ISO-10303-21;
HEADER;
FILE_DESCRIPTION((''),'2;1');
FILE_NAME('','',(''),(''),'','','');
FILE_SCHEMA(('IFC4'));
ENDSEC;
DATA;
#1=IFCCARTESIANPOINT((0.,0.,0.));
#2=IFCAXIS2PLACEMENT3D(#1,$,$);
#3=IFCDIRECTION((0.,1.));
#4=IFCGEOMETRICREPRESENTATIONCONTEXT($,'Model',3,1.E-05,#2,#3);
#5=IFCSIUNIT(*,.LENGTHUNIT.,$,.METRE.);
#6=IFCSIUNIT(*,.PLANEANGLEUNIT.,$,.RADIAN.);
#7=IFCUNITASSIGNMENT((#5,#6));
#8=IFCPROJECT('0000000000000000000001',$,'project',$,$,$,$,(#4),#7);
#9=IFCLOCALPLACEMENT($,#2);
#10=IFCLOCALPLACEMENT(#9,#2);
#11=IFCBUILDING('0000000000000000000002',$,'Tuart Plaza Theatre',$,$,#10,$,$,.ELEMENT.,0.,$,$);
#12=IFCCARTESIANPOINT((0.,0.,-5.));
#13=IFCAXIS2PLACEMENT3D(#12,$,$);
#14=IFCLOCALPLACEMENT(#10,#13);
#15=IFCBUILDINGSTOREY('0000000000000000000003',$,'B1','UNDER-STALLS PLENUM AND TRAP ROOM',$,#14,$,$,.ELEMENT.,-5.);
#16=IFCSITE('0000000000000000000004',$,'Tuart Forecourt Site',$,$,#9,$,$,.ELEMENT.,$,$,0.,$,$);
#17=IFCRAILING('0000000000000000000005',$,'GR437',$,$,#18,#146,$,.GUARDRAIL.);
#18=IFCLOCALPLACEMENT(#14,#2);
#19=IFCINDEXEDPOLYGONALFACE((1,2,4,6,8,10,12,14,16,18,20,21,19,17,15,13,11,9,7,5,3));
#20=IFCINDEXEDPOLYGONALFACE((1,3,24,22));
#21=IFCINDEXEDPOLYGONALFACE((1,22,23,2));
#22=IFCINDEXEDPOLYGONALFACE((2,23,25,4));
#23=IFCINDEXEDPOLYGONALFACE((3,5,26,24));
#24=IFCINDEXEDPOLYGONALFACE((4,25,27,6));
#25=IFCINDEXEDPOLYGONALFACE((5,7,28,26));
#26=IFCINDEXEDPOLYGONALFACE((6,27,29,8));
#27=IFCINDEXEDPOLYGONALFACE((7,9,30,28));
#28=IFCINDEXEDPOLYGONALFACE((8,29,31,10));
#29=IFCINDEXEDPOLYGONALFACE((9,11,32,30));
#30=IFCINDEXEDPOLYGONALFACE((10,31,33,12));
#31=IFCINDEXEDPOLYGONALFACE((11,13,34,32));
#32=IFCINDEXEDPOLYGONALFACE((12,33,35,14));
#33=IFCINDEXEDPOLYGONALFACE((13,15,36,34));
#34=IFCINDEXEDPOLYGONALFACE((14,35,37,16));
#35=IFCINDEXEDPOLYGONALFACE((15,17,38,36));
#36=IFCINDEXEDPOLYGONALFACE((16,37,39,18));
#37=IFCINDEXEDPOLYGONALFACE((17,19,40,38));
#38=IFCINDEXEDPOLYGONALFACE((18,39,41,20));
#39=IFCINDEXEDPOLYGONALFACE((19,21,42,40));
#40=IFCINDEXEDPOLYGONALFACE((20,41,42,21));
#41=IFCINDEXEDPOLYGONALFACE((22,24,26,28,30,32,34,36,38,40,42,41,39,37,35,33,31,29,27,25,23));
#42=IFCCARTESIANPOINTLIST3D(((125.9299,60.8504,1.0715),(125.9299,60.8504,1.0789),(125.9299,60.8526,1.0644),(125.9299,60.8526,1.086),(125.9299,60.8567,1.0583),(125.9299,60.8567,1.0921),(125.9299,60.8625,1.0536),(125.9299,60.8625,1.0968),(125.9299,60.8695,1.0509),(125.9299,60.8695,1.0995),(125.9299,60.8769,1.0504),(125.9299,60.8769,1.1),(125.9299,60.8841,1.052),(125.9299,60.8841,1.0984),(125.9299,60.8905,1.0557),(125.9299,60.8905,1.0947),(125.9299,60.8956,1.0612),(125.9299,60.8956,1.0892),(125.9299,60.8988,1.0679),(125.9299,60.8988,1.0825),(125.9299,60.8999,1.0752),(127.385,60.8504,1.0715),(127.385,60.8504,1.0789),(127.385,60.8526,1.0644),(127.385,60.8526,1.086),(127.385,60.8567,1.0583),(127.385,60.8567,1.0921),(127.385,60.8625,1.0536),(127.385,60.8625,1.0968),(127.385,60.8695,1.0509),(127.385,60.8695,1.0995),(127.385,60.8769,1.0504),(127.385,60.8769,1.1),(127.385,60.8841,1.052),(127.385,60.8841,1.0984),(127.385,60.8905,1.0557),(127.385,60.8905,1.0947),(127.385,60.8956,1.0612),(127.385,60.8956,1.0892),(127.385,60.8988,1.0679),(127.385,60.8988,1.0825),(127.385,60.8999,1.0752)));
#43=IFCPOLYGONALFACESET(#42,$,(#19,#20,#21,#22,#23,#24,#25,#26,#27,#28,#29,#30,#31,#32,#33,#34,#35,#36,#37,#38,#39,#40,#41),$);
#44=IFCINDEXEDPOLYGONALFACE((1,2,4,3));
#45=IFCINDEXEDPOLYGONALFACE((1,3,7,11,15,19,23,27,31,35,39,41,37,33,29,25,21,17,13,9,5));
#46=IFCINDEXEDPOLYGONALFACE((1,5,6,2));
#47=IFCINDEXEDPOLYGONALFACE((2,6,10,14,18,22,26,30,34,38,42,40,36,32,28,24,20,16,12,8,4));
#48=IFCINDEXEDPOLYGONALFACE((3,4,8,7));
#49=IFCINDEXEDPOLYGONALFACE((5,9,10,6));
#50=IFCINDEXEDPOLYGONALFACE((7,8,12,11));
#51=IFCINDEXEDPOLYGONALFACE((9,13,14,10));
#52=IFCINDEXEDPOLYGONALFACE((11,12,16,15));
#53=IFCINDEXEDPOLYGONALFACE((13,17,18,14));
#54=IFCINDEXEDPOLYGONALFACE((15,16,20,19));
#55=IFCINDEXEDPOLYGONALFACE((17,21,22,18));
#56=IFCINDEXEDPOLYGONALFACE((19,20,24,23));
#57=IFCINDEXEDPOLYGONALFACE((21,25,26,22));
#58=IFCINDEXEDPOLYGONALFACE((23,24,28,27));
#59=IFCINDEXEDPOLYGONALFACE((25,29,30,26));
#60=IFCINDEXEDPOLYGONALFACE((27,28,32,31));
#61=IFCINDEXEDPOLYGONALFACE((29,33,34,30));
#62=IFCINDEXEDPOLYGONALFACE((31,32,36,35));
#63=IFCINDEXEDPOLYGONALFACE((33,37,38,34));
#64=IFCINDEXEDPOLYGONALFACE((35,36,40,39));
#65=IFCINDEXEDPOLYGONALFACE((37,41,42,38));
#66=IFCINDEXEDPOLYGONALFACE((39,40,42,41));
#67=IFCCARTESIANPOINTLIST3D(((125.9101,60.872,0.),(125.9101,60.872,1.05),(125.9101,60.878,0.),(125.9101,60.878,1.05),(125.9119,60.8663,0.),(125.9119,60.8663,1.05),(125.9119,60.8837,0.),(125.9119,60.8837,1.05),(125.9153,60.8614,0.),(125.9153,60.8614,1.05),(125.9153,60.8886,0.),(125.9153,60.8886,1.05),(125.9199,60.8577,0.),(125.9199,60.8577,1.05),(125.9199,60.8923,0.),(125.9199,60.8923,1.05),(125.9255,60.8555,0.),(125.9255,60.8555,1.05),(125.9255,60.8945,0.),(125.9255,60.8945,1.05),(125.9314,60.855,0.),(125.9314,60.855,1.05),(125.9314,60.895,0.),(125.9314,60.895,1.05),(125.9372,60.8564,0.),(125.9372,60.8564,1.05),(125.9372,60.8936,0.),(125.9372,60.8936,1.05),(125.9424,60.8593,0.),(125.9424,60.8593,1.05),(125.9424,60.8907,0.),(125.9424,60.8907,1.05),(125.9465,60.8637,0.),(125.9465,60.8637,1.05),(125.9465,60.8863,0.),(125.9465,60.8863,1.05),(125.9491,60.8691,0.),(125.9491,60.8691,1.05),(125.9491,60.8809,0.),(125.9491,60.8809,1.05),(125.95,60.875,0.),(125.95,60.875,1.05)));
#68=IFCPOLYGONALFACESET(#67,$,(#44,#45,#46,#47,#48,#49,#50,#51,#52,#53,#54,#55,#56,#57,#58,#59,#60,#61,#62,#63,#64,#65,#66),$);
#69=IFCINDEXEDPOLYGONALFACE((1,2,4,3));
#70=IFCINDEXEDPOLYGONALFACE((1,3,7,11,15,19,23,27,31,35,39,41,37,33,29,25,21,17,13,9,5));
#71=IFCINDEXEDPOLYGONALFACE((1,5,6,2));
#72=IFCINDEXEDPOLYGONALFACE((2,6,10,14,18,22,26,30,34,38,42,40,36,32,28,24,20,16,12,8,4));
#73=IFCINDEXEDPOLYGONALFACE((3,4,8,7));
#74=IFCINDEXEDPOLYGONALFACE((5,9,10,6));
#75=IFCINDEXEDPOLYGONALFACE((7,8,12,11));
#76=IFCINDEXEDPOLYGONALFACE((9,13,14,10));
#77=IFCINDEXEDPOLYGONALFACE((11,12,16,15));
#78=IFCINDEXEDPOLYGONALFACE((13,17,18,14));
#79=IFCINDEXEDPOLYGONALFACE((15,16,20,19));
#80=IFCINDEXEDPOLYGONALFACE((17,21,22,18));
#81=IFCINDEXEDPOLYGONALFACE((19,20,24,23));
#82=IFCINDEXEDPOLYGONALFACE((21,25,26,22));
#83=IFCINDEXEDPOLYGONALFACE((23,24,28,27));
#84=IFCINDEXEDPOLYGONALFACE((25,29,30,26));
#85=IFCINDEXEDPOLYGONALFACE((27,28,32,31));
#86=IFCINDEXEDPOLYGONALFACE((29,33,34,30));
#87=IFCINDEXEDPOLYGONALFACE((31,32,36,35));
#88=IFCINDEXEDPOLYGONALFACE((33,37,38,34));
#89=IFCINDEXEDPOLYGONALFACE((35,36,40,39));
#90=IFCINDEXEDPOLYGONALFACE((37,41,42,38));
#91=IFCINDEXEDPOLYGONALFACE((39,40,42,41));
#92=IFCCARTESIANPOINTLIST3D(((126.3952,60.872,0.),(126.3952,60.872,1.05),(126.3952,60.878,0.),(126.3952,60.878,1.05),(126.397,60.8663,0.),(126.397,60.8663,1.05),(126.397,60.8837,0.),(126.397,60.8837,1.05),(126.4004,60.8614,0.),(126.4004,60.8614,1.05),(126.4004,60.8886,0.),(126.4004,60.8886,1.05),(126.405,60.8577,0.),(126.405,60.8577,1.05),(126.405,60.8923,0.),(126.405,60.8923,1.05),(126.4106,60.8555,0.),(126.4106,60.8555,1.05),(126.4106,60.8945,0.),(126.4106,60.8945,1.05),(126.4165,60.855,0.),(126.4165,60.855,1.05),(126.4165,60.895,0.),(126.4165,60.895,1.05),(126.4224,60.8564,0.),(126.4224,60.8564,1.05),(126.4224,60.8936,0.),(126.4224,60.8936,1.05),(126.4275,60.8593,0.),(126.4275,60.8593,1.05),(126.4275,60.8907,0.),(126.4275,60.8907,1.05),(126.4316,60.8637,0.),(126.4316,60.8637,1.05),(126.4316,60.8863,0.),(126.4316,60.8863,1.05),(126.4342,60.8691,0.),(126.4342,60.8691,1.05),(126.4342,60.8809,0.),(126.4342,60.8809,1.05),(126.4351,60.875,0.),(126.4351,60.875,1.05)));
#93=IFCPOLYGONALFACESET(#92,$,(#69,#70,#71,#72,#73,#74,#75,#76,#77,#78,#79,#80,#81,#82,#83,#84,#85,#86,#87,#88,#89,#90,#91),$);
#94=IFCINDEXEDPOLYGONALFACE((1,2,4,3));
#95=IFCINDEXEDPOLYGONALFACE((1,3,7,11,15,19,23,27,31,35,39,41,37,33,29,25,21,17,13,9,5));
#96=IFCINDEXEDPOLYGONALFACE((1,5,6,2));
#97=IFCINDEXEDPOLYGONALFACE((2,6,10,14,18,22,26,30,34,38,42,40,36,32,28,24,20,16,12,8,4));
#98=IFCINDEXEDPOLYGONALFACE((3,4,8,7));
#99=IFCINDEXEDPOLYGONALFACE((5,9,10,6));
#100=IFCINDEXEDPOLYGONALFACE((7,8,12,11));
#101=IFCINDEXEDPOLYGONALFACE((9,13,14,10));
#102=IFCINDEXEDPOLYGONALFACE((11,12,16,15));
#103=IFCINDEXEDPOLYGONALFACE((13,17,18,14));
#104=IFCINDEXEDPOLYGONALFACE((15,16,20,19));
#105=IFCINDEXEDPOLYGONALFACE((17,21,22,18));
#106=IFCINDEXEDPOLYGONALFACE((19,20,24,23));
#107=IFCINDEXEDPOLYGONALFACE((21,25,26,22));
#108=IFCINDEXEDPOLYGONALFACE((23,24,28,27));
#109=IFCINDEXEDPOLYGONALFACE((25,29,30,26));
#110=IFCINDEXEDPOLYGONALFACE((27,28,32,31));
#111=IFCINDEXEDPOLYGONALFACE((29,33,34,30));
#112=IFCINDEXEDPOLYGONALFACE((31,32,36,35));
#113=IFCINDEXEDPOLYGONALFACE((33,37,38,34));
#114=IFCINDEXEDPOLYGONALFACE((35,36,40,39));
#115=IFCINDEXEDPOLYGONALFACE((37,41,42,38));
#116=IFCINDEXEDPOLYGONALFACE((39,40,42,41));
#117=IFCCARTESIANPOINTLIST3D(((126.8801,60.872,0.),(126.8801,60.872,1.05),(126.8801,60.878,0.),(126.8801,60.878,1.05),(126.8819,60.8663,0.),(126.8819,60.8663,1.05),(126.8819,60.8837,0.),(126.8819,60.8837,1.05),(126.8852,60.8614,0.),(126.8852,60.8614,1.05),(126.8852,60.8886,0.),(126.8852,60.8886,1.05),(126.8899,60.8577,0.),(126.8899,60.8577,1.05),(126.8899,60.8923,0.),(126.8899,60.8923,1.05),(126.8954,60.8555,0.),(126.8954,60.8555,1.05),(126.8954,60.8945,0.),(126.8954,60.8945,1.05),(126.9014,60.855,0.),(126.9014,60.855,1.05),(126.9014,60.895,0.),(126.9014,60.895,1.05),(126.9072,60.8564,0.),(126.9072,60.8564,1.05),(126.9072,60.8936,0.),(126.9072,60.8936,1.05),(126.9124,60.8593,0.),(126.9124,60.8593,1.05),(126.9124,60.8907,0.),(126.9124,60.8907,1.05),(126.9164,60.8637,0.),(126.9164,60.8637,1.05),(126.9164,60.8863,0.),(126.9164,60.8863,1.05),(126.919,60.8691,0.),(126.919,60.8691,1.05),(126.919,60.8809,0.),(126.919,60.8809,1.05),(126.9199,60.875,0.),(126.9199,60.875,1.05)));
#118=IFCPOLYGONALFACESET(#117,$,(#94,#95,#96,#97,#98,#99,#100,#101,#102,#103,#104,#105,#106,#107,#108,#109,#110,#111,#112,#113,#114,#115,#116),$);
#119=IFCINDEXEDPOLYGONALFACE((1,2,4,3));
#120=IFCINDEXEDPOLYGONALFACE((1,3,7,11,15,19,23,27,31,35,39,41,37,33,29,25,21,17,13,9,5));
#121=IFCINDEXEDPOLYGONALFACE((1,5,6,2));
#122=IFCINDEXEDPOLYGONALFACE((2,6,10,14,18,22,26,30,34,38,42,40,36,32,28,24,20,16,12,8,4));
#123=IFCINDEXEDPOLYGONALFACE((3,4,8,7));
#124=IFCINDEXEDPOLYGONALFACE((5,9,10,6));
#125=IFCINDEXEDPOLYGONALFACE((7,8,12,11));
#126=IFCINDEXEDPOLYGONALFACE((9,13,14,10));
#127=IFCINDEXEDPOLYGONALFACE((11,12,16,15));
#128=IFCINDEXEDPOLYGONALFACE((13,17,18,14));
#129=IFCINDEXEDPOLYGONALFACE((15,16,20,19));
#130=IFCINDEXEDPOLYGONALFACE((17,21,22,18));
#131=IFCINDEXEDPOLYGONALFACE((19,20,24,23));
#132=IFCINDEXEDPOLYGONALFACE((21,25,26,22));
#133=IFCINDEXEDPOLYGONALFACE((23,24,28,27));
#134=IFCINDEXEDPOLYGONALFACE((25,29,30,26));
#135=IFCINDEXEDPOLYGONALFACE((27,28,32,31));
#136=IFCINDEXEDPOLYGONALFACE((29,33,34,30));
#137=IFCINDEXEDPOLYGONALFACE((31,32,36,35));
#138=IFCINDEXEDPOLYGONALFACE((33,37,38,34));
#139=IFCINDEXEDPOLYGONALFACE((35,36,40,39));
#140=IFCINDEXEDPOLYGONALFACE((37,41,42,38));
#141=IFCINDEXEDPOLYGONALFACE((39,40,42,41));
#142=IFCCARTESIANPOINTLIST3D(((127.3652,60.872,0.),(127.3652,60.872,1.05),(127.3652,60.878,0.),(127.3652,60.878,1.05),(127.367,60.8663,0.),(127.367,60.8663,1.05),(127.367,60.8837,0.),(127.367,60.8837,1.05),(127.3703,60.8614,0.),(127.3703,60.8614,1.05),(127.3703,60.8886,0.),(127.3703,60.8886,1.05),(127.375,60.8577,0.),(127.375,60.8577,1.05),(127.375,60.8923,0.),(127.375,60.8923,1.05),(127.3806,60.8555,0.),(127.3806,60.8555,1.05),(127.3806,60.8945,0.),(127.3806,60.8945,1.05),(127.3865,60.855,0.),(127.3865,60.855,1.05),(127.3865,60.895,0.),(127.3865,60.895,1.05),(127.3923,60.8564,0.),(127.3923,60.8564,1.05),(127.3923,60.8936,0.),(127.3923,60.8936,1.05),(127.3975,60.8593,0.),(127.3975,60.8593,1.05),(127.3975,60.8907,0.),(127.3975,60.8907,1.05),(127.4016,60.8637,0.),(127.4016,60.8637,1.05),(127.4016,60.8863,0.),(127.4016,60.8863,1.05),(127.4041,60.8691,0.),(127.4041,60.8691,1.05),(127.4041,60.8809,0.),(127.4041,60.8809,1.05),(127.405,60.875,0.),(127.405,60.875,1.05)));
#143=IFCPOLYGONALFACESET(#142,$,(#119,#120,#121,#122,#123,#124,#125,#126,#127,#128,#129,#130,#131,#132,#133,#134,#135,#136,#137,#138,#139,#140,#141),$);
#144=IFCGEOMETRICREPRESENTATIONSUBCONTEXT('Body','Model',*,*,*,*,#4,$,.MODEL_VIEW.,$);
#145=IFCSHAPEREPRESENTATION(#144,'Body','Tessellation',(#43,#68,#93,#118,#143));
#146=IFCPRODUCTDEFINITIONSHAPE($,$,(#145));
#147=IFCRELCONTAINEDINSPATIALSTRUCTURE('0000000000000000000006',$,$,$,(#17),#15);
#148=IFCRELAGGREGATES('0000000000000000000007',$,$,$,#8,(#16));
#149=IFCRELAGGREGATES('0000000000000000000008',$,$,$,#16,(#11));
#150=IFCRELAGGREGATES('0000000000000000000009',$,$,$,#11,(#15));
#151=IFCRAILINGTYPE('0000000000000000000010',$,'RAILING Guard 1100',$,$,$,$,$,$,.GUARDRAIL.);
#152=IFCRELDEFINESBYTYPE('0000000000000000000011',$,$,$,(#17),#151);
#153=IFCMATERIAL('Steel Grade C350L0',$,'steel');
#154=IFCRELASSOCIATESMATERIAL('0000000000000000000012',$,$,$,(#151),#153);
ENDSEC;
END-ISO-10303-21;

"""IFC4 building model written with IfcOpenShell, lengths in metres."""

from ifc_helpers import new_model, si_unit, direction, frame, origin, origin_2d, place, context, subcontext, project, spatial, circle, extrude, material, type_object, element, save


model = new_model("IFC4")

# Units and contexts
model_context = context("Model", 3, precision=1e-05, world=origin(), true_north=direction((0.0, 1.0)))
body_context = subcontext(model_context, "Body", "Model", "MODEL_VIEW")
ifc_project = project(units=[si_unit("LENGTHUNIT", "METRE"), si_unit("PLANEANGLEUNIT", "RADIAN")], contexts=[model_context])

# Site, building, storey
site_placement = place(None, origin())
site = spatial("IfcSite", under=ifc_project, at=site_placement, Name="Tuart Forecourt Site", CompositionType="ELEMENT", RefElevation=0.0)
building_placement = place(site_placement, origin())
building = spatial("IfcBuilding", under=site, at=building_placement, Name="Tuart Plaza Theatre", CompositionType="ELEMENT", ElevationOfRefHeight=0.0)
storey_placement = place(building_placement, frame((0.0, 0.0, -5.0)))
storey = spatial("IfcBuildingStorey", under=building, at=storey_placement, Name="B1", Description="UNDER-STALLS PLENUM AND TRAP ROOM", CompositionType="ELEMENT", Elevation=-5.0)

# Railing
ifc_material_1 = material(Name="Steel Grade C350L0", Category="steel")
railing_type_1 = type_object("IfcRailingType", Name="RAILING Guard 1100", PredefinedType="GUARDRAIL", material=ifc_material_1)
railing_1_placement = place(storey_placement, frame((125.9299, 60.875, 0.0)))
element("IfcRailing", 1, at=railing_1_placement, inside=storey, type_object=railing_type_1, Name="GR437", PredefinedType="GUARDRAIL", context=body_context, shape_type="SweptSolid", body=[
    extrude(circle(Radius=0.0249, at=origin_2d()), frame((0.0, 0.0, 1.0752), z_axis=(1.0, 0.0, 0.0), x_axis=(0.0, 1.0, 0.0)), (0.0, 0.0, 1.0), 1.4551),
    extrude(circle(Radius=0.02, at=origin_2d()), origin(), (0.0, 0.0, 1.0), 1.05),
    extrude(circle(Radius=0.02, at=origin_2d()), frame((0.4851, 0.0, 0.0)), (0.0, 0.0, 1.0), 1.05),
    extrude(circle(Radius=0.02, at=origin_2d()), frame((0.97, 0.0, 0.0)), (0.0, 0.0, 1.0), 1.05),
    extrude(circle(Radius=0.02, at=origin_2d()), frame((1.4551, 0.0, 0.0)), (0.0, 0.0, 1.0), 1.05),
])

save(model, "model.ifc")
